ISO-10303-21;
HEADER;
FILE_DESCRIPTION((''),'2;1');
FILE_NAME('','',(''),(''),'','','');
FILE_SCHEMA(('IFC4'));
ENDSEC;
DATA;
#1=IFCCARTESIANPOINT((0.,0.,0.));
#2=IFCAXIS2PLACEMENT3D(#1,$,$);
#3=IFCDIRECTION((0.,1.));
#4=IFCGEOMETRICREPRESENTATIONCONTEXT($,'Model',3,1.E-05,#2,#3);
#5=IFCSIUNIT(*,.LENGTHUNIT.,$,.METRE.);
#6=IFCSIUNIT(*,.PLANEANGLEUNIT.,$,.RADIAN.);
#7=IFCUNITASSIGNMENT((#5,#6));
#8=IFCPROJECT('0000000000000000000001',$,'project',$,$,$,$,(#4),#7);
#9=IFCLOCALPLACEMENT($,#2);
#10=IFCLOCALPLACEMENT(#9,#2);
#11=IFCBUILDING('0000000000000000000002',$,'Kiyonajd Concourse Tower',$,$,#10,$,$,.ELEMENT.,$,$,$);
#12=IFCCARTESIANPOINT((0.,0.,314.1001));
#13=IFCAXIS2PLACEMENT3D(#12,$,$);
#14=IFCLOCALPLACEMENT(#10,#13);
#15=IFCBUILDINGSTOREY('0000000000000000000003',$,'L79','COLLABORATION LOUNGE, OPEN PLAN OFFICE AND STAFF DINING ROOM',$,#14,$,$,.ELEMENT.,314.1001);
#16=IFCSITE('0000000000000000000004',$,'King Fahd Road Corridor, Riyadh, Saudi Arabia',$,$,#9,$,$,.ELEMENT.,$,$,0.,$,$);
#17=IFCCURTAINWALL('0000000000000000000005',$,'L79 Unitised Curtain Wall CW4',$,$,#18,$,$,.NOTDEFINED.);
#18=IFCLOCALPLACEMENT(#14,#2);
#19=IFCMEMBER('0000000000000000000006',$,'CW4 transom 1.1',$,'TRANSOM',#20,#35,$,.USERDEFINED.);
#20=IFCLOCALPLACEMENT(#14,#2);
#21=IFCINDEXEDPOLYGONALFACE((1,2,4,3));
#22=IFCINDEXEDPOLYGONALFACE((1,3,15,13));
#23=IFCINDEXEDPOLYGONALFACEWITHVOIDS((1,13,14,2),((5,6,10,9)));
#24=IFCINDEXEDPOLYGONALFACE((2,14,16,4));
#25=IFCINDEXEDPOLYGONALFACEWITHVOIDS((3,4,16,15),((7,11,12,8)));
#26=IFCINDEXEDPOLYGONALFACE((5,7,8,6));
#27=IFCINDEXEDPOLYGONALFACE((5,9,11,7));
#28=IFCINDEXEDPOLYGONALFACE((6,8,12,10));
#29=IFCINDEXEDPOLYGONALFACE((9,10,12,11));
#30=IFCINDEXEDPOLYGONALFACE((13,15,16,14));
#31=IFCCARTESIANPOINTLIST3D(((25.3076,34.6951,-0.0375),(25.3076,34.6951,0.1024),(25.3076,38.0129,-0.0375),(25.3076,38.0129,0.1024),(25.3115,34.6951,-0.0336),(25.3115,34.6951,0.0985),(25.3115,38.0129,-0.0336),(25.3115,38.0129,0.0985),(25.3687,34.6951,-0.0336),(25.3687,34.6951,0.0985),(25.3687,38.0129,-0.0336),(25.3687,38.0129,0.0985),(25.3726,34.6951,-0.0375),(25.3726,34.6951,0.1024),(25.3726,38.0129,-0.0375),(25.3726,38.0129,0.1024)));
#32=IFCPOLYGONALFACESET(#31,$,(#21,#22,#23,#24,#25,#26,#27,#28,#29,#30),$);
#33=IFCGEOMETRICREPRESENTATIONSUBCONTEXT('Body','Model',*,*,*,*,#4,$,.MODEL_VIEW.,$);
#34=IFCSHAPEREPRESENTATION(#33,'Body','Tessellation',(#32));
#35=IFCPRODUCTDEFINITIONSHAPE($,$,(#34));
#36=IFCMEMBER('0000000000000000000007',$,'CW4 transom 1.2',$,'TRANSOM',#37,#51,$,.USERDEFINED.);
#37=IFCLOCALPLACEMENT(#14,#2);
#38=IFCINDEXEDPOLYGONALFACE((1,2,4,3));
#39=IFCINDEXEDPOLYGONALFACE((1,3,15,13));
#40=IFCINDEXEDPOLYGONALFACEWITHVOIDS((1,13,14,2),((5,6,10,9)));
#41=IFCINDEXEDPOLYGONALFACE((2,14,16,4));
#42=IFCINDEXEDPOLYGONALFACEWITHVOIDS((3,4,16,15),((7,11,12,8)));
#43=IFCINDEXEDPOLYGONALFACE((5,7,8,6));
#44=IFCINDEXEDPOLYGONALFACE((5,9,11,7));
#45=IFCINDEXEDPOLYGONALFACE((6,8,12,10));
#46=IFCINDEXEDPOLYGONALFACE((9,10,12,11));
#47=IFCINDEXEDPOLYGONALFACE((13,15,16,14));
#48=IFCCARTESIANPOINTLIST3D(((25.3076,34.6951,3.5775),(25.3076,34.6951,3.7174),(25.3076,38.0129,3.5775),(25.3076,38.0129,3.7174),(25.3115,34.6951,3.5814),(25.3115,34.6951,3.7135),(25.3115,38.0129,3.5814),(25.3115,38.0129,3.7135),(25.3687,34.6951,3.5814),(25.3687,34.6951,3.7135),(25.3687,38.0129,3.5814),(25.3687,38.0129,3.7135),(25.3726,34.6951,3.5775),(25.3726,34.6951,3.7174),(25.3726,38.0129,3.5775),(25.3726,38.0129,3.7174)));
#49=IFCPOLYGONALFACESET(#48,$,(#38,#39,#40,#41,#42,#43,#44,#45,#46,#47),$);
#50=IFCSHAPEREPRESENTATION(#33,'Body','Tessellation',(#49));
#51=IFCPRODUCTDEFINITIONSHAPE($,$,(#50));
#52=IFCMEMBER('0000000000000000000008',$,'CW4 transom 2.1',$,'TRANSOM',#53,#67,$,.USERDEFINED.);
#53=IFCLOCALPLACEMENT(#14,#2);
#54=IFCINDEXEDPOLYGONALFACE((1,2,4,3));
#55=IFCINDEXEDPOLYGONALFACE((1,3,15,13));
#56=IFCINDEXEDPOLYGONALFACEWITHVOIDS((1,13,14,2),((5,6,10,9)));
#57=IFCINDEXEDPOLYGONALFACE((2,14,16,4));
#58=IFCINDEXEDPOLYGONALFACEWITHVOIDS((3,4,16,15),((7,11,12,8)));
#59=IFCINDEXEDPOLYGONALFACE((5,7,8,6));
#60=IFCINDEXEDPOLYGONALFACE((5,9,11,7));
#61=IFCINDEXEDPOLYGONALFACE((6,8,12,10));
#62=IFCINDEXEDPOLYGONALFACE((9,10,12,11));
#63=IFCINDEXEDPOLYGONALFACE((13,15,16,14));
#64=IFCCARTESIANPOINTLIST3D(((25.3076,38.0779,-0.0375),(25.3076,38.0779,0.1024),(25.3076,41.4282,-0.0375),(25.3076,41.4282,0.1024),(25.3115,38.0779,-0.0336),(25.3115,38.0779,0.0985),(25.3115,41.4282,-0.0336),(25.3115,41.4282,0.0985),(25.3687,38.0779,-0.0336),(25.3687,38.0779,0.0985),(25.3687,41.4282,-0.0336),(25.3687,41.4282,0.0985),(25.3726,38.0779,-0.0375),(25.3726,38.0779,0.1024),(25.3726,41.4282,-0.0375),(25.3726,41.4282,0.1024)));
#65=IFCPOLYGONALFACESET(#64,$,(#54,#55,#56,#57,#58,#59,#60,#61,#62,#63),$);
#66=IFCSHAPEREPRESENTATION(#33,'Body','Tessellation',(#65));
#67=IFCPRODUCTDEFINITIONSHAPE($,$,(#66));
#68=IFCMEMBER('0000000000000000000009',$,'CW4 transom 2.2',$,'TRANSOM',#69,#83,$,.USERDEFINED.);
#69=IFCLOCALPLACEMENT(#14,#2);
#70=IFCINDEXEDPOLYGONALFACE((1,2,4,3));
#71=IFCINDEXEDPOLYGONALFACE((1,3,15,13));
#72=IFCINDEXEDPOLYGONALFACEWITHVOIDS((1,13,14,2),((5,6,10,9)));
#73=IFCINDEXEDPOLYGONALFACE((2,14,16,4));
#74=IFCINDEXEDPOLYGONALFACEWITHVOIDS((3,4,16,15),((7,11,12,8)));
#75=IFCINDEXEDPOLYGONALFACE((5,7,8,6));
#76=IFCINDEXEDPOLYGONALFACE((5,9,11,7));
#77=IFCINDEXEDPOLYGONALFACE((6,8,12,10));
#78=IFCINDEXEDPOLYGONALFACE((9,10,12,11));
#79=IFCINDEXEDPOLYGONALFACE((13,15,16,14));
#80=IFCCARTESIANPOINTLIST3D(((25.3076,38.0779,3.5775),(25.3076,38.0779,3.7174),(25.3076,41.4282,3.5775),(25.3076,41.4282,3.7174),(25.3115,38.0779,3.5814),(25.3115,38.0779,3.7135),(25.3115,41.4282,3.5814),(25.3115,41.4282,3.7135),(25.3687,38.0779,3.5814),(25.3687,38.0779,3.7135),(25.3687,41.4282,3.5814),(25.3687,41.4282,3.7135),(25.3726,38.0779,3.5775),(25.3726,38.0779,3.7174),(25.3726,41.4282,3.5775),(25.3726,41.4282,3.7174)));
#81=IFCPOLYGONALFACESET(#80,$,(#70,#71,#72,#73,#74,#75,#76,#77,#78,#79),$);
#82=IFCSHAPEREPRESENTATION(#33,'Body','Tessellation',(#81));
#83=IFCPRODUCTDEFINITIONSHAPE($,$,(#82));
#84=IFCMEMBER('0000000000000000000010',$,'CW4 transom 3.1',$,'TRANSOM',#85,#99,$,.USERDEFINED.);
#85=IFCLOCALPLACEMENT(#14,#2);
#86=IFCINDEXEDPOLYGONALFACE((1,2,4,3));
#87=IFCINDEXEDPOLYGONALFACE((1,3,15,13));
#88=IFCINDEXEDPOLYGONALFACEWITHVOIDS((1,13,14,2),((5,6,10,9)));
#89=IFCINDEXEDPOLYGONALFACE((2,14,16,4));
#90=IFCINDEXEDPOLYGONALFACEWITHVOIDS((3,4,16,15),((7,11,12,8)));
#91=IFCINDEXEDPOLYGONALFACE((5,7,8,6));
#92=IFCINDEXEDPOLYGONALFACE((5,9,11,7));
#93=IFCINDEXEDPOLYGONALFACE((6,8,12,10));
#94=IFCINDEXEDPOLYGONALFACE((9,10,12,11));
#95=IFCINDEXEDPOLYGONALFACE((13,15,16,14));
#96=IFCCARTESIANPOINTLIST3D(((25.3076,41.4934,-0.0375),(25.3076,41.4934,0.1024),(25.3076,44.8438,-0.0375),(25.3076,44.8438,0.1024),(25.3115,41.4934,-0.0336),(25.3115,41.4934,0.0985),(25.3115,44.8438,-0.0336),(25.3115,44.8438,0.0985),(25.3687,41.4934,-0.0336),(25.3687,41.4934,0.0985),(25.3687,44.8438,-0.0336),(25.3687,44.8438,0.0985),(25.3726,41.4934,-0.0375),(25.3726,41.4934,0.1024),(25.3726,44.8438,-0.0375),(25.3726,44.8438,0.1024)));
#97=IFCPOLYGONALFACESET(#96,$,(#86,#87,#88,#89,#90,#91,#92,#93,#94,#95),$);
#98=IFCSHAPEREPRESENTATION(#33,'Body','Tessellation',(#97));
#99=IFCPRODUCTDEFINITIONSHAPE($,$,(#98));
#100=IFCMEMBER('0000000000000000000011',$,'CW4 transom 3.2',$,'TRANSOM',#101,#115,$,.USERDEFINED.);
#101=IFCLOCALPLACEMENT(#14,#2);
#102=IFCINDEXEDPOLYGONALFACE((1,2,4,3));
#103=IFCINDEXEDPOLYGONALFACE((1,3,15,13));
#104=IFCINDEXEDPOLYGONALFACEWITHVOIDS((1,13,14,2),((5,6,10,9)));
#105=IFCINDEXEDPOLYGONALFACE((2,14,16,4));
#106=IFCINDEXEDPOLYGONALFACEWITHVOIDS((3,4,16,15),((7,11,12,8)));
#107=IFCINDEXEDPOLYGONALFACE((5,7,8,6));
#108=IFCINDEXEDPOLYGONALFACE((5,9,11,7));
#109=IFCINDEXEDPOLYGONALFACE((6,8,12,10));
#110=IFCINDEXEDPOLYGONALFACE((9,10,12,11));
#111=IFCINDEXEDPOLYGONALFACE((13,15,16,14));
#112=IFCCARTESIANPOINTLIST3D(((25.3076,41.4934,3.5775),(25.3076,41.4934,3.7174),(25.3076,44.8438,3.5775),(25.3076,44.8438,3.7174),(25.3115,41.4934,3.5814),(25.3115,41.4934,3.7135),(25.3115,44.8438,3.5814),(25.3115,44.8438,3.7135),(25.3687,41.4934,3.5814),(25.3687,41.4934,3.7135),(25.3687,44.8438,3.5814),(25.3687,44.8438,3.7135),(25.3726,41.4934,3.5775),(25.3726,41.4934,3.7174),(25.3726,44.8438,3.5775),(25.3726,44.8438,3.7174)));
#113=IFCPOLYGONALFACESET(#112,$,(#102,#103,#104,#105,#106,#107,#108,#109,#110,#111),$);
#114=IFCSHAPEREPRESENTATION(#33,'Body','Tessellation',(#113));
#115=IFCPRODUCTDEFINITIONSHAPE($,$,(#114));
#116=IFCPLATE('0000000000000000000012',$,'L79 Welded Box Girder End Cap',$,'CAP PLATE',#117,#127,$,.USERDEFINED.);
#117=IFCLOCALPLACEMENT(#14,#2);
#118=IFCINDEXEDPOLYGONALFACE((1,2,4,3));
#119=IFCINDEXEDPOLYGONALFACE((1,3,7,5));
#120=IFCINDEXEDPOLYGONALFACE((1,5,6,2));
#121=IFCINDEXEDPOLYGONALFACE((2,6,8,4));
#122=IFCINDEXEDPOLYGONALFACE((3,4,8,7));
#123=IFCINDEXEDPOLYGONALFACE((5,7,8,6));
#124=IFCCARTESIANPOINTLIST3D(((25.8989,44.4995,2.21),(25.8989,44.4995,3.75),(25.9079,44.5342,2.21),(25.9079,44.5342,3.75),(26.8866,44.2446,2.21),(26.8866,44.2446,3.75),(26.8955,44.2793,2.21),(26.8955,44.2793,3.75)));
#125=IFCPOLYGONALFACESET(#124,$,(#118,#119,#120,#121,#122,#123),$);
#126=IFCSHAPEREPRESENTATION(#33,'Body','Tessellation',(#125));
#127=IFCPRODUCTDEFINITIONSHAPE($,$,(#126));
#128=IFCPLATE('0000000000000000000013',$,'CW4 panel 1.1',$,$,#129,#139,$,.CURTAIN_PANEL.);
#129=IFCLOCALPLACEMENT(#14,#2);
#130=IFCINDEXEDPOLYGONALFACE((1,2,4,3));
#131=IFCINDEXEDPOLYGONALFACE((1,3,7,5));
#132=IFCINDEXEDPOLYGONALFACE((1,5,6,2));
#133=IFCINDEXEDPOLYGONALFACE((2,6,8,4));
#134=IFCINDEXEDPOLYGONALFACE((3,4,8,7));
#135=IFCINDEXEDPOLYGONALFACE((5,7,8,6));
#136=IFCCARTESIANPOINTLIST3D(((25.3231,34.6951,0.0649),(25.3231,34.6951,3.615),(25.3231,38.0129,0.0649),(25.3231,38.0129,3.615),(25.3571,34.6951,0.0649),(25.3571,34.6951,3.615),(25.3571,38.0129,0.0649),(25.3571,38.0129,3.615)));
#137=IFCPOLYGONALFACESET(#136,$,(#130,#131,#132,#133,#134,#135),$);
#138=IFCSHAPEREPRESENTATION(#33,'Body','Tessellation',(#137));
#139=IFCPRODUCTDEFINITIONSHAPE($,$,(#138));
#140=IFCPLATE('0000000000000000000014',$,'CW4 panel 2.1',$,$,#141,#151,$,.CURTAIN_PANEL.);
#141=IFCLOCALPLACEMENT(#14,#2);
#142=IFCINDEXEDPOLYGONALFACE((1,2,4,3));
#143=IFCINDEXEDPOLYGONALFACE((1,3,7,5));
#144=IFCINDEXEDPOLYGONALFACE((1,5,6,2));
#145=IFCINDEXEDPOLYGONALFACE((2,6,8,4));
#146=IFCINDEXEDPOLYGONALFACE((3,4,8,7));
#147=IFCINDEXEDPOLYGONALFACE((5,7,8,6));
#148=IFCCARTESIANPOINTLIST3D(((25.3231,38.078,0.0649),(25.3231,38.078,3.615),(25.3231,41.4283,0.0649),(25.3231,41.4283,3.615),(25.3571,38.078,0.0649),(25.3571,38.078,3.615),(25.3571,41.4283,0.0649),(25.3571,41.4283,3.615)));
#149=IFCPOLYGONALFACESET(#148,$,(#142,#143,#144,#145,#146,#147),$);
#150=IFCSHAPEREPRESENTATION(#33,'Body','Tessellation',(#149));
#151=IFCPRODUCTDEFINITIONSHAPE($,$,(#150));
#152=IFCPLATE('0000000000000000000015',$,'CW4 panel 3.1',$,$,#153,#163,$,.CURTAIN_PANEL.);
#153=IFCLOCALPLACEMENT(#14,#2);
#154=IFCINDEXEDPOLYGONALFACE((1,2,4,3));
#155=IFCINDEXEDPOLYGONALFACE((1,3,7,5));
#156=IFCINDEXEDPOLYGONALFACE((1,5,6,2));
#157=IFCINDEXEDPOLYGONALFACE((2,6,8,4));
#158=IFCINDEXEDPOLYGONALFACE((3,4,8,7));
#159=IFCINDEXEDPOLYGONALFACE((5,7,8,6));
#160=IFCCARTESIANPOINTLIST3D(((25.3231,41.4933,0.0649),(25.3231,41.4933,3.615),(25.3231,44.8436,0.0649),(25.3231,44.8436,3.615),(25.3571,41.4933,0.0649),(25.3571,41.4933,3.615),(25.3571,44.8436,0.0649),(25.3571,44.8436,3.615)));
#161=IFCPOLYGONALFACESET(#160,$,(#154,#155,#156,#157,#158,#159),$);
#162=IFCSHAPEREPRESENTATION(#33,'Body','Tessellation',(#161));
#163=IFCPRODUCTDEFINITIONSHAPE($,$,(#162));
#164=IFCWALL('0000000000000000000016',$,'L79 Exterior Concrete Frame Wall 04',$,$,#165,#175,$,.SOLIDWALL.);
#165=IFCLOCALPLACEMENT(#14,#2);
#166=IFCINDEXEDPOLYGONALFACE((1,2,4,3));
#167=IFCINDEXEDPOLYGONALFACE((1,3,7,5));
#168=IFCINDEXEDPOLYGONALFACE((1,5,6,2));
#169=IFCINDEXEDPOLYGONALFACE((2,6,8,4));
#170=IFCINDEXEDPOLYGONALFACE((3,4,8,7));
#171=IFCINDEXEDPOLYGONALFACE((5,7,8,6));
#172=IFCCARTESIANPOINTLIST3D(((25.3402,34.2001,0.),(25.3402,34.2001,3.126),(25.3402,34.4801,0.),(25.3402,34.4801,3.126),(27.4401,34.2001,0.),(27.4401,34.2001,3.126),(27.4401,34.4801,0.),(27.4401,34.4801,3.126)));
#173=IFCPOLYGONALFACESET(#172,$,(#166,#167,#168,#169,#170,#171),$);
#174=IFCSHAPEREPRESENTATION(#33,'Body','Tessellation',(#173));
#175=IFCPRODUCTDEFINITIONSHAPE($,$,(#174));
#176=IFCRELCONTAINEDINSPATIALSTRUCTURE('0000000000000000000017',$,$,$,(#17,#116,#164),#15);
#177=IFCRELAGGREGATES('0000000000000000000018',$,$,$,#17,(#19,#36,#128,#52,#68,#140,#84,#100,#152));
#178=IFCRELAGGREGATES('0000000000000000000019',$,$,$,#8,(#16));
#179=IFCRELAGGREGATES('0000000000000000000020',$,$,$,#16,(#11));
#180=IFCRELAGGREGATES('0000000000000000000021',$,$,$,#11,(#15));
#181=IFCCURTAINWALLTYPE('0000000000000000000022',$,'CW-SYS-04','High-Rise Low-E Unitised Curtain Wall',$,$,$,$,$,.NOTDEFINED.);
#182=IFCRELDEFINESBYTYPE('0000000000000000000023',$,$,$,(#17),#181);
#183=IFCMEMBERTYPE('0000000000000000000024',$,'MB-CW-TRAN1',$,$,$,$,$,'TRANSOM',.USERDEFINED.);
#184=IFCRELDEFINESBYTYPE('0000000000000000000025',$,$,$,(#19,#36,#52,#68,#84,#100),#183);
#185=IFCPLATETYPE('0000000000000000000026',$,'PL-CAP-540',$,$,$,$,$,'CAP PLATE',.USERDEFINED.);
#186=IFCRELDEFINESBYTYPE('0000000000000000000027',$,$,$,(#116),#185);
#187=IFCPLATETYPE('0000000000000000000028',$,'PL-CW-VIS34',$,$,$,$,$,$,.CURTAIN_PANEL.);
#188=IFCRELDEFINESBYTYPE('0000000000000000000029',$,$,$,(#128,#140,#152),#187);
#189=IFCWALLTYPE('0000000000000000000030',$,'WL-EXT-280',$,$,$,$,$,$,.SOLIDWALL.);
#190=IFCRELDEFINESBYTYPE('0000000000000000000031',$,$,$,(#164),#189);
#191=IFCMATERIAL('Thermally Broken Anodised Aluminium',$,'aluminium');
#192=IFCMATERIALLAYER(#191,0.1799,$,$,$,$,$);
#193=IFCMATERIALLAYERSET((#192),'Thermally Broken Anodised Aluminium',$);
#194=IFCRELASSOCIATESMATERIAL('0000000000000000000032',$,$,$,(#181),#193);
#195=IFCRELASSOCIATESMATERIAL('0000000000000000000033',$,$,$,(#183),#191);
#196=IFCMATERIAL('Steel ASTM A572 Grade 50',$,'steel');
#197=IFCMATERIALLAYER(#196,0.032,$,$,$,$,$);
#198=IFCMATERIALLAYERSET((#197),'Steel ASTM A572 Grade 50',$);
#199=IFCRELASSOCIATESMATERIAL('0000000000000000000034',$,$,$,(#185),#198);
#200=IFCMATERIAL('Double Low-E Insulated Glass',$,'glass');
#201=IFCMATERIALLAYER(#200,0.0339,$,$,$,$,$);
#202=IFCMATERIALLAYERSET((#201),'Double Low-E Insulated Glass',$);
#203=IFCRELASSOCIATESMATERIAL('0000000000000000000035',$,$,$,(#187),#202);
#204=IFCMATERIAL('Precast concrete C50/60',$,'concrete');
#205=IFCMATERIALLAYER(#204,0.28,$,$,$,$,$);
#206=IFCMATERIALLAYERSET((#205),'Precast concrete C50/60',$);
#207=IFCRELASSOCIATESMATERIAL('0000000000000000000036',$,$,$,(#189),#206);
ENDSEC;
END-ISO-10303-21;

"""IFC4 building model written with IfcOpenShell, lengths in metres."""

from ifc_helpers import new_model, si_unit, direction, frame, frame_2d, origin, origin_2d, place, context, subcontext, project, spatial, rectangle, hollow_rectangle, extrude, material, layer, layer_set, material_profile, profile_set, type_object, element, aggregate, save


model = new_model("IFC4")

# Units and contexts
model_context = context("Model", 3, precision=1e-05, world=origin(), true_north=direction((0.0, 1.0)))
body_context = subcontext(model_context, "Body", "Model", "MODEL_VIEW")
ifc_project = project(units=[si_unit("LENGTHUNIT", "METRE"), si_unit("PLANEANGLEUNIT", "RADIAN")], contexts=[model_context])

# Site, building, storey
site_placement = place(None, origin())
site = spatial("IfcSite", under=ifc_project, at=site_placement, Name="King Fahd Road Corridor, Riyadh, Saudi Arabia", CompositionType="ELEMENT", RefElevation=0.0)
building_placement = place(site_placement, origin())
building = spatial("IfcBuilding", under=site, at=building_placement, Name="Kiyonajd Concourse Tower", CompositionType="ELEMENT")
storey_placement = place(building_placement, frame((0.0, 0.0, 314.1001)))
storey = spatial("IfcBuildingStorey", under=building, at=storey_placement, Name="L79", Description="COLLABORATION LOUNGE, OPEN PLAN OFFICE AND STAFF DINING ROOM", CompositionType="ELEMENT", Elevation=314.1001)

# Curtain wall, members
ifc_material_1 = material(Name="Thermally Broken Anodised Aluminium", Category="aluminium")
ifc_layer_1 = layer(ifc_material_1, 0.1799)
ifc_layer_set_1 = layer_set([ifc_layer_1], Name="Thermally Broken Anodised Aluminium")
curtain_wall_type = type_object("IfcCurtainWallType", Name="CW-SYS-04", Description="High-Rise Low-E Unitised Curtain Wall", PredefinedType="NOTDEFINED", material=ifc_layer_set_1)
curtain_wall_placement = place(storey_placement, origin())
curtain_wall = element("IfcCurtainWall", 1, at=curtain_wall_placement, inside=storey, type_object=curtain_wall_type, Name="L79 Unitised Curtain Wall CW4", PredefinedType="NOTDEFINED")
ifc_material_profile_1 = material_profile(ifc_material_1, hollow_rectangle(XDim=0.0649, YDim=0.1399, WallThickness=0.0039, at=origin_2d()), Name="TRAN-65x140")
ifc_profile_set_1 = profile_set([ifc_material_profile_1], Name="Thermally Broken Anodised Aluminium")
member_type_1 = type_object("IfcMemberType", Name="MB-CW-TRAN1", ElementType="TRANSOM", PredefinedType="USERDEFINED", material=ifc_profile_set_1)
member_1_placement = place(storey_placement, frame((25.3401, 34.6951, 0.0325), z_axis=(0.0, 1.0, 0.0), x_axis=(-1.0, 0.0, 0.0)))
member_1 = element("IfcMember", 2, at=member_1_placement, type_object=member_type_1, Name="CW4 transom 1.1", ObjectType="TRANSOM", PredefinedType="USERDEFINED", context=body_context, shape_type="SweptSolid", body=[
    extrude(hollow_rectangle(XDim=0.0649, YDim=0.1399, WallThickness=0.0039, at=origin_2d()), origin(), (0.0, 0.0, 1.0), 3.3179),
])
member_2_placement = place(storey_placement, frame((25.3401, 34.6951, 3.6475), z_axis=(0.0, 1.0, 0.0), x_axis=(-1.0, 0.0, 0.0)))
member_2 = element("IfcMember", 3, at=member_2_placement, type_object=member_type_1, Name="CW4 transom 1.2", ObjectType="TRANSOM", PredefinedType="USERDEFINED", context=body_context, shape_type="SweptSolid", body=[
    extrude(hollow_rectangle(XDim=0.0649, YDim=0.1399, WallThickness=0.0039, at=origin_2d()), origin(), (0.0, 0.0, 1.0), 3.3179),
])
member_3_placement = place(storey_placement, frame((25.3401, 38.0779, 0.0325), z_axis=(0.0, 1.0, 0.0), x_axis=(-1.0, 0.0, 0.0)))
member_3 = element("IfcMember", 4, at=member_3_placement, type_object=member_type_1, Name="CW4 transom 2.1", ObjectType="TRANSOM", PredefinedType="USERDEFINED", context=body_context, shape_type="SweptSolid", body=[
    extrude(hollow_rectangle(XDim=0.0649, YDim=0.1399, WallThickness=0.0039, at=origin_2d()), origin(), (0.0, 0.0, 1.0), 3.3503),
])
member_4_placement = place(storey_placement, frame((25.3401, 38.0779, 3.6475), z_axis=(0.0, 1.0, 0.0), x_axis=(-1.0, 0.0, 0.0)))
member_4 = element("IfcMember", 5, at=member_4_placement, type_object=member_type_1, Name="CW4 transom 2.2", ObjectType="TRANSOM", PredefinedType="USERDEFINED", context=body_context, shape_type="SweptSolid", body=[
    extrude(hollow_rectangle(XDim=0.0649, YDim=0.1399, WallThickness=0.0039, at=origin_2d()), origin(), (0.0, 0.0, 1.0), 3.3503),
])
member_5_placement = place(storey_placement, frame((25.3401, 41.4934, 0.0325), z_axis=(0.0, 1.0, 0.0), x_axis=(-1.0, 0.0, 0.0)))
member_5 = element("IfcMember", 6, at=member_5_placement, type_object=member_type_1, Name="CW4 transom 3.1", ObjectType="TRANSOM", PredefinedType="USERDEFINED", context=body_context, shape_type="SweptSolid", body=[
    extrude(hollow_rectangle(XDim=0.0649, YDim=0.1399, WallThickness=0.0039, at=origin_2d()), origin(), (0.0, 0.0, 1.0), 3.3503),
])
member_6_placement = place(storey_placement, frame((25.3401, 41.4934, 3.6475), z_axis=(0.0, 1.0, 0.0), x_axis=(-1.0, 0.0, 0.0)))
member_6 = element("IfcMember", 7, at=member_6_placement, type_object=member_type_1, Name="CW4 transom 3.2", ObjectType="TRANSOM", PredefinedType="USERDEFINED", context=body_context, shape_type="SweptSolid", body=[
    extrude(hollow_rectangle(XDim=0.0649, YDim=0.1399, WallThickness=0.0039, at=origin_2d()), origin(), (0.0, 0.0, 1.0), 3.3503),
])

# Plates
ifc_material_2 = material(Name="Steel ASTM A572 Grade 50", Category="steel")
ifc_layer_2 = layer(ifc_material_2, 0.032)
ifc_layer_set_2 = layer_set([ifc_layer_2], Name="Steel ASTM A572 Grade 50")
plate_type_1 = type_object("IfcPlateType", Name="PL-CAP-540", ElementType="CAP PLATE", PredefinedType="USERDEFINED", material=ifc_layer_set_2)
plate_1_placement = place(storey_placement, frame((26.3972, 44.3894, 2.21), z_axis=(0.0, 0.0, 1.0), x_axis=(-0.249873, -0.968279, 0.0)))
element("IfcPlate", 8, at=plate_1_placement, inside=storey, type_object=plate_type_1, Name="L79 Welded Box Girder End Cap", ObjectType="CAP PLATE", PredefinedType="USERDEFINED", context=body_context, shape_type="SweptSolid", body=[
    extrude(rectangle(XDim=0.0359, YDim=1.02, at=origin_2d()), origin(), (0.0, 0.0, 1.0), 1.54),
])
ifc_material_3 = material(Name="Double Low-E Insulated Glass", Category="glass")
ifc_layer_3 = layer(ifc_material_3, 0.0339)
ifc_layer_set_3 = layer_set([ifc_layer_3], Name="Double Low-E Insulated Glass")
plate_type_2 = type_object("IfcPlateType", Name="PL-CW-VIS34", PredefinedType="CURTAIN_PANEL", material=ifc_layer_set_3)
plate_2_placement = place(storey_placement, frame((25.3401, 36.354, 0.0649), z_axis=(0.0, 0.0, 1.0), x_axis=(0.0, 1.0, 0.0)))
plate_2 = element("IfcPlate", 9, at=plate_2_placement, type_object=plate_type_2, Name="CW4 panel 1.1", PredefinedType="CURTAIN_PANEL", context=body_context, shape_type="SweptSolid", body=[
    extrude(rectangle(XDim=3.3179, YDim=0.0339, at=origin_2d()), origin(), (0.0, 0.0, 1.0), 3.55),
])
plate_3_placement = place(storey_placement, frame((25.3401, 39.7532, 0.0649), z_axis=(0.0, 0.0, 1.0), x_axis=(0.0, 1.0, 0.0)))
plate_3 = element("IfcPlate", 10, at=plate_3_placement, type_object=plate_type_2, Name="CW4 panel 2.1", PredefinedType="CURTAIN_PANEL", context=body_context, shape_type="SweptSolid", body=[
    extrude(rectangle(XDim=3.3503, YDim=0.0339, at=origin_2d()), origin(), (0.0, 0.0, 1.0), 3.55),
])
plate_4_placement = place(storey_placement, frame((25.3401, 43.1685, 0.0649), z_axis=(0.0, 0.0, 1.0), x_axis=(0.0, 1.0, 0.0)))
plate_4 = element("IfcPlate", 11, at=plate_4_placement, type_object=plate_type_2, Name="CW4 panel 3.1", PredefinedType="CURTAIN_PANEL", context=body_context, shape_type="SweptSolid", body=[
    extrude(rectangle(XDim=3.3503, YDim=0.0339, at=origin_2d()), origin(), (0.0, 0.0, 1.0), 3.55),
])
aggregate(curtain_wall, [member_1, member_2, plate_2, member_3, member_4, plate_3, member_5, member_6, plate_4])

# Wall
ifc_material_4 = material(Name="Precast concrete C50/60", Category="concrete")
ifc_layer_4 = layer(ifc_material_4, 0.28)
ifc_layer_set_4 = layer_set([ifc_layer_4], Name="Precast concrete C50/60")
wall_type = type_object("IfcWallType", Name="WL-EXT-280", PredefinedType="SOLIDWALL", material=ifc_layer_set_4)
wall_placement = place(storey_placement, frame((27.4399, 34.3401, 0.0), z_axis=(0.0, 0.0, 1.0), x_axis=(-1.0, 0.0, 0.0)))
element("IfcWall", 12, at=wall_placement, inside=storey, type_object=wall_type, Name="L79 Exterior Concrete Frame Wall 04", PredefinedType="SOLIDWALL", context=body_context, shape_type="SweptSolid", body=[
    extrude(rectangle(XDim=2.0999, YDim=0.28, at=frame_2d((1.0498, 0.0))), origin(), (0.0, 0.0, 1.0), 3.126),
])

save(model, "model.ifc")
